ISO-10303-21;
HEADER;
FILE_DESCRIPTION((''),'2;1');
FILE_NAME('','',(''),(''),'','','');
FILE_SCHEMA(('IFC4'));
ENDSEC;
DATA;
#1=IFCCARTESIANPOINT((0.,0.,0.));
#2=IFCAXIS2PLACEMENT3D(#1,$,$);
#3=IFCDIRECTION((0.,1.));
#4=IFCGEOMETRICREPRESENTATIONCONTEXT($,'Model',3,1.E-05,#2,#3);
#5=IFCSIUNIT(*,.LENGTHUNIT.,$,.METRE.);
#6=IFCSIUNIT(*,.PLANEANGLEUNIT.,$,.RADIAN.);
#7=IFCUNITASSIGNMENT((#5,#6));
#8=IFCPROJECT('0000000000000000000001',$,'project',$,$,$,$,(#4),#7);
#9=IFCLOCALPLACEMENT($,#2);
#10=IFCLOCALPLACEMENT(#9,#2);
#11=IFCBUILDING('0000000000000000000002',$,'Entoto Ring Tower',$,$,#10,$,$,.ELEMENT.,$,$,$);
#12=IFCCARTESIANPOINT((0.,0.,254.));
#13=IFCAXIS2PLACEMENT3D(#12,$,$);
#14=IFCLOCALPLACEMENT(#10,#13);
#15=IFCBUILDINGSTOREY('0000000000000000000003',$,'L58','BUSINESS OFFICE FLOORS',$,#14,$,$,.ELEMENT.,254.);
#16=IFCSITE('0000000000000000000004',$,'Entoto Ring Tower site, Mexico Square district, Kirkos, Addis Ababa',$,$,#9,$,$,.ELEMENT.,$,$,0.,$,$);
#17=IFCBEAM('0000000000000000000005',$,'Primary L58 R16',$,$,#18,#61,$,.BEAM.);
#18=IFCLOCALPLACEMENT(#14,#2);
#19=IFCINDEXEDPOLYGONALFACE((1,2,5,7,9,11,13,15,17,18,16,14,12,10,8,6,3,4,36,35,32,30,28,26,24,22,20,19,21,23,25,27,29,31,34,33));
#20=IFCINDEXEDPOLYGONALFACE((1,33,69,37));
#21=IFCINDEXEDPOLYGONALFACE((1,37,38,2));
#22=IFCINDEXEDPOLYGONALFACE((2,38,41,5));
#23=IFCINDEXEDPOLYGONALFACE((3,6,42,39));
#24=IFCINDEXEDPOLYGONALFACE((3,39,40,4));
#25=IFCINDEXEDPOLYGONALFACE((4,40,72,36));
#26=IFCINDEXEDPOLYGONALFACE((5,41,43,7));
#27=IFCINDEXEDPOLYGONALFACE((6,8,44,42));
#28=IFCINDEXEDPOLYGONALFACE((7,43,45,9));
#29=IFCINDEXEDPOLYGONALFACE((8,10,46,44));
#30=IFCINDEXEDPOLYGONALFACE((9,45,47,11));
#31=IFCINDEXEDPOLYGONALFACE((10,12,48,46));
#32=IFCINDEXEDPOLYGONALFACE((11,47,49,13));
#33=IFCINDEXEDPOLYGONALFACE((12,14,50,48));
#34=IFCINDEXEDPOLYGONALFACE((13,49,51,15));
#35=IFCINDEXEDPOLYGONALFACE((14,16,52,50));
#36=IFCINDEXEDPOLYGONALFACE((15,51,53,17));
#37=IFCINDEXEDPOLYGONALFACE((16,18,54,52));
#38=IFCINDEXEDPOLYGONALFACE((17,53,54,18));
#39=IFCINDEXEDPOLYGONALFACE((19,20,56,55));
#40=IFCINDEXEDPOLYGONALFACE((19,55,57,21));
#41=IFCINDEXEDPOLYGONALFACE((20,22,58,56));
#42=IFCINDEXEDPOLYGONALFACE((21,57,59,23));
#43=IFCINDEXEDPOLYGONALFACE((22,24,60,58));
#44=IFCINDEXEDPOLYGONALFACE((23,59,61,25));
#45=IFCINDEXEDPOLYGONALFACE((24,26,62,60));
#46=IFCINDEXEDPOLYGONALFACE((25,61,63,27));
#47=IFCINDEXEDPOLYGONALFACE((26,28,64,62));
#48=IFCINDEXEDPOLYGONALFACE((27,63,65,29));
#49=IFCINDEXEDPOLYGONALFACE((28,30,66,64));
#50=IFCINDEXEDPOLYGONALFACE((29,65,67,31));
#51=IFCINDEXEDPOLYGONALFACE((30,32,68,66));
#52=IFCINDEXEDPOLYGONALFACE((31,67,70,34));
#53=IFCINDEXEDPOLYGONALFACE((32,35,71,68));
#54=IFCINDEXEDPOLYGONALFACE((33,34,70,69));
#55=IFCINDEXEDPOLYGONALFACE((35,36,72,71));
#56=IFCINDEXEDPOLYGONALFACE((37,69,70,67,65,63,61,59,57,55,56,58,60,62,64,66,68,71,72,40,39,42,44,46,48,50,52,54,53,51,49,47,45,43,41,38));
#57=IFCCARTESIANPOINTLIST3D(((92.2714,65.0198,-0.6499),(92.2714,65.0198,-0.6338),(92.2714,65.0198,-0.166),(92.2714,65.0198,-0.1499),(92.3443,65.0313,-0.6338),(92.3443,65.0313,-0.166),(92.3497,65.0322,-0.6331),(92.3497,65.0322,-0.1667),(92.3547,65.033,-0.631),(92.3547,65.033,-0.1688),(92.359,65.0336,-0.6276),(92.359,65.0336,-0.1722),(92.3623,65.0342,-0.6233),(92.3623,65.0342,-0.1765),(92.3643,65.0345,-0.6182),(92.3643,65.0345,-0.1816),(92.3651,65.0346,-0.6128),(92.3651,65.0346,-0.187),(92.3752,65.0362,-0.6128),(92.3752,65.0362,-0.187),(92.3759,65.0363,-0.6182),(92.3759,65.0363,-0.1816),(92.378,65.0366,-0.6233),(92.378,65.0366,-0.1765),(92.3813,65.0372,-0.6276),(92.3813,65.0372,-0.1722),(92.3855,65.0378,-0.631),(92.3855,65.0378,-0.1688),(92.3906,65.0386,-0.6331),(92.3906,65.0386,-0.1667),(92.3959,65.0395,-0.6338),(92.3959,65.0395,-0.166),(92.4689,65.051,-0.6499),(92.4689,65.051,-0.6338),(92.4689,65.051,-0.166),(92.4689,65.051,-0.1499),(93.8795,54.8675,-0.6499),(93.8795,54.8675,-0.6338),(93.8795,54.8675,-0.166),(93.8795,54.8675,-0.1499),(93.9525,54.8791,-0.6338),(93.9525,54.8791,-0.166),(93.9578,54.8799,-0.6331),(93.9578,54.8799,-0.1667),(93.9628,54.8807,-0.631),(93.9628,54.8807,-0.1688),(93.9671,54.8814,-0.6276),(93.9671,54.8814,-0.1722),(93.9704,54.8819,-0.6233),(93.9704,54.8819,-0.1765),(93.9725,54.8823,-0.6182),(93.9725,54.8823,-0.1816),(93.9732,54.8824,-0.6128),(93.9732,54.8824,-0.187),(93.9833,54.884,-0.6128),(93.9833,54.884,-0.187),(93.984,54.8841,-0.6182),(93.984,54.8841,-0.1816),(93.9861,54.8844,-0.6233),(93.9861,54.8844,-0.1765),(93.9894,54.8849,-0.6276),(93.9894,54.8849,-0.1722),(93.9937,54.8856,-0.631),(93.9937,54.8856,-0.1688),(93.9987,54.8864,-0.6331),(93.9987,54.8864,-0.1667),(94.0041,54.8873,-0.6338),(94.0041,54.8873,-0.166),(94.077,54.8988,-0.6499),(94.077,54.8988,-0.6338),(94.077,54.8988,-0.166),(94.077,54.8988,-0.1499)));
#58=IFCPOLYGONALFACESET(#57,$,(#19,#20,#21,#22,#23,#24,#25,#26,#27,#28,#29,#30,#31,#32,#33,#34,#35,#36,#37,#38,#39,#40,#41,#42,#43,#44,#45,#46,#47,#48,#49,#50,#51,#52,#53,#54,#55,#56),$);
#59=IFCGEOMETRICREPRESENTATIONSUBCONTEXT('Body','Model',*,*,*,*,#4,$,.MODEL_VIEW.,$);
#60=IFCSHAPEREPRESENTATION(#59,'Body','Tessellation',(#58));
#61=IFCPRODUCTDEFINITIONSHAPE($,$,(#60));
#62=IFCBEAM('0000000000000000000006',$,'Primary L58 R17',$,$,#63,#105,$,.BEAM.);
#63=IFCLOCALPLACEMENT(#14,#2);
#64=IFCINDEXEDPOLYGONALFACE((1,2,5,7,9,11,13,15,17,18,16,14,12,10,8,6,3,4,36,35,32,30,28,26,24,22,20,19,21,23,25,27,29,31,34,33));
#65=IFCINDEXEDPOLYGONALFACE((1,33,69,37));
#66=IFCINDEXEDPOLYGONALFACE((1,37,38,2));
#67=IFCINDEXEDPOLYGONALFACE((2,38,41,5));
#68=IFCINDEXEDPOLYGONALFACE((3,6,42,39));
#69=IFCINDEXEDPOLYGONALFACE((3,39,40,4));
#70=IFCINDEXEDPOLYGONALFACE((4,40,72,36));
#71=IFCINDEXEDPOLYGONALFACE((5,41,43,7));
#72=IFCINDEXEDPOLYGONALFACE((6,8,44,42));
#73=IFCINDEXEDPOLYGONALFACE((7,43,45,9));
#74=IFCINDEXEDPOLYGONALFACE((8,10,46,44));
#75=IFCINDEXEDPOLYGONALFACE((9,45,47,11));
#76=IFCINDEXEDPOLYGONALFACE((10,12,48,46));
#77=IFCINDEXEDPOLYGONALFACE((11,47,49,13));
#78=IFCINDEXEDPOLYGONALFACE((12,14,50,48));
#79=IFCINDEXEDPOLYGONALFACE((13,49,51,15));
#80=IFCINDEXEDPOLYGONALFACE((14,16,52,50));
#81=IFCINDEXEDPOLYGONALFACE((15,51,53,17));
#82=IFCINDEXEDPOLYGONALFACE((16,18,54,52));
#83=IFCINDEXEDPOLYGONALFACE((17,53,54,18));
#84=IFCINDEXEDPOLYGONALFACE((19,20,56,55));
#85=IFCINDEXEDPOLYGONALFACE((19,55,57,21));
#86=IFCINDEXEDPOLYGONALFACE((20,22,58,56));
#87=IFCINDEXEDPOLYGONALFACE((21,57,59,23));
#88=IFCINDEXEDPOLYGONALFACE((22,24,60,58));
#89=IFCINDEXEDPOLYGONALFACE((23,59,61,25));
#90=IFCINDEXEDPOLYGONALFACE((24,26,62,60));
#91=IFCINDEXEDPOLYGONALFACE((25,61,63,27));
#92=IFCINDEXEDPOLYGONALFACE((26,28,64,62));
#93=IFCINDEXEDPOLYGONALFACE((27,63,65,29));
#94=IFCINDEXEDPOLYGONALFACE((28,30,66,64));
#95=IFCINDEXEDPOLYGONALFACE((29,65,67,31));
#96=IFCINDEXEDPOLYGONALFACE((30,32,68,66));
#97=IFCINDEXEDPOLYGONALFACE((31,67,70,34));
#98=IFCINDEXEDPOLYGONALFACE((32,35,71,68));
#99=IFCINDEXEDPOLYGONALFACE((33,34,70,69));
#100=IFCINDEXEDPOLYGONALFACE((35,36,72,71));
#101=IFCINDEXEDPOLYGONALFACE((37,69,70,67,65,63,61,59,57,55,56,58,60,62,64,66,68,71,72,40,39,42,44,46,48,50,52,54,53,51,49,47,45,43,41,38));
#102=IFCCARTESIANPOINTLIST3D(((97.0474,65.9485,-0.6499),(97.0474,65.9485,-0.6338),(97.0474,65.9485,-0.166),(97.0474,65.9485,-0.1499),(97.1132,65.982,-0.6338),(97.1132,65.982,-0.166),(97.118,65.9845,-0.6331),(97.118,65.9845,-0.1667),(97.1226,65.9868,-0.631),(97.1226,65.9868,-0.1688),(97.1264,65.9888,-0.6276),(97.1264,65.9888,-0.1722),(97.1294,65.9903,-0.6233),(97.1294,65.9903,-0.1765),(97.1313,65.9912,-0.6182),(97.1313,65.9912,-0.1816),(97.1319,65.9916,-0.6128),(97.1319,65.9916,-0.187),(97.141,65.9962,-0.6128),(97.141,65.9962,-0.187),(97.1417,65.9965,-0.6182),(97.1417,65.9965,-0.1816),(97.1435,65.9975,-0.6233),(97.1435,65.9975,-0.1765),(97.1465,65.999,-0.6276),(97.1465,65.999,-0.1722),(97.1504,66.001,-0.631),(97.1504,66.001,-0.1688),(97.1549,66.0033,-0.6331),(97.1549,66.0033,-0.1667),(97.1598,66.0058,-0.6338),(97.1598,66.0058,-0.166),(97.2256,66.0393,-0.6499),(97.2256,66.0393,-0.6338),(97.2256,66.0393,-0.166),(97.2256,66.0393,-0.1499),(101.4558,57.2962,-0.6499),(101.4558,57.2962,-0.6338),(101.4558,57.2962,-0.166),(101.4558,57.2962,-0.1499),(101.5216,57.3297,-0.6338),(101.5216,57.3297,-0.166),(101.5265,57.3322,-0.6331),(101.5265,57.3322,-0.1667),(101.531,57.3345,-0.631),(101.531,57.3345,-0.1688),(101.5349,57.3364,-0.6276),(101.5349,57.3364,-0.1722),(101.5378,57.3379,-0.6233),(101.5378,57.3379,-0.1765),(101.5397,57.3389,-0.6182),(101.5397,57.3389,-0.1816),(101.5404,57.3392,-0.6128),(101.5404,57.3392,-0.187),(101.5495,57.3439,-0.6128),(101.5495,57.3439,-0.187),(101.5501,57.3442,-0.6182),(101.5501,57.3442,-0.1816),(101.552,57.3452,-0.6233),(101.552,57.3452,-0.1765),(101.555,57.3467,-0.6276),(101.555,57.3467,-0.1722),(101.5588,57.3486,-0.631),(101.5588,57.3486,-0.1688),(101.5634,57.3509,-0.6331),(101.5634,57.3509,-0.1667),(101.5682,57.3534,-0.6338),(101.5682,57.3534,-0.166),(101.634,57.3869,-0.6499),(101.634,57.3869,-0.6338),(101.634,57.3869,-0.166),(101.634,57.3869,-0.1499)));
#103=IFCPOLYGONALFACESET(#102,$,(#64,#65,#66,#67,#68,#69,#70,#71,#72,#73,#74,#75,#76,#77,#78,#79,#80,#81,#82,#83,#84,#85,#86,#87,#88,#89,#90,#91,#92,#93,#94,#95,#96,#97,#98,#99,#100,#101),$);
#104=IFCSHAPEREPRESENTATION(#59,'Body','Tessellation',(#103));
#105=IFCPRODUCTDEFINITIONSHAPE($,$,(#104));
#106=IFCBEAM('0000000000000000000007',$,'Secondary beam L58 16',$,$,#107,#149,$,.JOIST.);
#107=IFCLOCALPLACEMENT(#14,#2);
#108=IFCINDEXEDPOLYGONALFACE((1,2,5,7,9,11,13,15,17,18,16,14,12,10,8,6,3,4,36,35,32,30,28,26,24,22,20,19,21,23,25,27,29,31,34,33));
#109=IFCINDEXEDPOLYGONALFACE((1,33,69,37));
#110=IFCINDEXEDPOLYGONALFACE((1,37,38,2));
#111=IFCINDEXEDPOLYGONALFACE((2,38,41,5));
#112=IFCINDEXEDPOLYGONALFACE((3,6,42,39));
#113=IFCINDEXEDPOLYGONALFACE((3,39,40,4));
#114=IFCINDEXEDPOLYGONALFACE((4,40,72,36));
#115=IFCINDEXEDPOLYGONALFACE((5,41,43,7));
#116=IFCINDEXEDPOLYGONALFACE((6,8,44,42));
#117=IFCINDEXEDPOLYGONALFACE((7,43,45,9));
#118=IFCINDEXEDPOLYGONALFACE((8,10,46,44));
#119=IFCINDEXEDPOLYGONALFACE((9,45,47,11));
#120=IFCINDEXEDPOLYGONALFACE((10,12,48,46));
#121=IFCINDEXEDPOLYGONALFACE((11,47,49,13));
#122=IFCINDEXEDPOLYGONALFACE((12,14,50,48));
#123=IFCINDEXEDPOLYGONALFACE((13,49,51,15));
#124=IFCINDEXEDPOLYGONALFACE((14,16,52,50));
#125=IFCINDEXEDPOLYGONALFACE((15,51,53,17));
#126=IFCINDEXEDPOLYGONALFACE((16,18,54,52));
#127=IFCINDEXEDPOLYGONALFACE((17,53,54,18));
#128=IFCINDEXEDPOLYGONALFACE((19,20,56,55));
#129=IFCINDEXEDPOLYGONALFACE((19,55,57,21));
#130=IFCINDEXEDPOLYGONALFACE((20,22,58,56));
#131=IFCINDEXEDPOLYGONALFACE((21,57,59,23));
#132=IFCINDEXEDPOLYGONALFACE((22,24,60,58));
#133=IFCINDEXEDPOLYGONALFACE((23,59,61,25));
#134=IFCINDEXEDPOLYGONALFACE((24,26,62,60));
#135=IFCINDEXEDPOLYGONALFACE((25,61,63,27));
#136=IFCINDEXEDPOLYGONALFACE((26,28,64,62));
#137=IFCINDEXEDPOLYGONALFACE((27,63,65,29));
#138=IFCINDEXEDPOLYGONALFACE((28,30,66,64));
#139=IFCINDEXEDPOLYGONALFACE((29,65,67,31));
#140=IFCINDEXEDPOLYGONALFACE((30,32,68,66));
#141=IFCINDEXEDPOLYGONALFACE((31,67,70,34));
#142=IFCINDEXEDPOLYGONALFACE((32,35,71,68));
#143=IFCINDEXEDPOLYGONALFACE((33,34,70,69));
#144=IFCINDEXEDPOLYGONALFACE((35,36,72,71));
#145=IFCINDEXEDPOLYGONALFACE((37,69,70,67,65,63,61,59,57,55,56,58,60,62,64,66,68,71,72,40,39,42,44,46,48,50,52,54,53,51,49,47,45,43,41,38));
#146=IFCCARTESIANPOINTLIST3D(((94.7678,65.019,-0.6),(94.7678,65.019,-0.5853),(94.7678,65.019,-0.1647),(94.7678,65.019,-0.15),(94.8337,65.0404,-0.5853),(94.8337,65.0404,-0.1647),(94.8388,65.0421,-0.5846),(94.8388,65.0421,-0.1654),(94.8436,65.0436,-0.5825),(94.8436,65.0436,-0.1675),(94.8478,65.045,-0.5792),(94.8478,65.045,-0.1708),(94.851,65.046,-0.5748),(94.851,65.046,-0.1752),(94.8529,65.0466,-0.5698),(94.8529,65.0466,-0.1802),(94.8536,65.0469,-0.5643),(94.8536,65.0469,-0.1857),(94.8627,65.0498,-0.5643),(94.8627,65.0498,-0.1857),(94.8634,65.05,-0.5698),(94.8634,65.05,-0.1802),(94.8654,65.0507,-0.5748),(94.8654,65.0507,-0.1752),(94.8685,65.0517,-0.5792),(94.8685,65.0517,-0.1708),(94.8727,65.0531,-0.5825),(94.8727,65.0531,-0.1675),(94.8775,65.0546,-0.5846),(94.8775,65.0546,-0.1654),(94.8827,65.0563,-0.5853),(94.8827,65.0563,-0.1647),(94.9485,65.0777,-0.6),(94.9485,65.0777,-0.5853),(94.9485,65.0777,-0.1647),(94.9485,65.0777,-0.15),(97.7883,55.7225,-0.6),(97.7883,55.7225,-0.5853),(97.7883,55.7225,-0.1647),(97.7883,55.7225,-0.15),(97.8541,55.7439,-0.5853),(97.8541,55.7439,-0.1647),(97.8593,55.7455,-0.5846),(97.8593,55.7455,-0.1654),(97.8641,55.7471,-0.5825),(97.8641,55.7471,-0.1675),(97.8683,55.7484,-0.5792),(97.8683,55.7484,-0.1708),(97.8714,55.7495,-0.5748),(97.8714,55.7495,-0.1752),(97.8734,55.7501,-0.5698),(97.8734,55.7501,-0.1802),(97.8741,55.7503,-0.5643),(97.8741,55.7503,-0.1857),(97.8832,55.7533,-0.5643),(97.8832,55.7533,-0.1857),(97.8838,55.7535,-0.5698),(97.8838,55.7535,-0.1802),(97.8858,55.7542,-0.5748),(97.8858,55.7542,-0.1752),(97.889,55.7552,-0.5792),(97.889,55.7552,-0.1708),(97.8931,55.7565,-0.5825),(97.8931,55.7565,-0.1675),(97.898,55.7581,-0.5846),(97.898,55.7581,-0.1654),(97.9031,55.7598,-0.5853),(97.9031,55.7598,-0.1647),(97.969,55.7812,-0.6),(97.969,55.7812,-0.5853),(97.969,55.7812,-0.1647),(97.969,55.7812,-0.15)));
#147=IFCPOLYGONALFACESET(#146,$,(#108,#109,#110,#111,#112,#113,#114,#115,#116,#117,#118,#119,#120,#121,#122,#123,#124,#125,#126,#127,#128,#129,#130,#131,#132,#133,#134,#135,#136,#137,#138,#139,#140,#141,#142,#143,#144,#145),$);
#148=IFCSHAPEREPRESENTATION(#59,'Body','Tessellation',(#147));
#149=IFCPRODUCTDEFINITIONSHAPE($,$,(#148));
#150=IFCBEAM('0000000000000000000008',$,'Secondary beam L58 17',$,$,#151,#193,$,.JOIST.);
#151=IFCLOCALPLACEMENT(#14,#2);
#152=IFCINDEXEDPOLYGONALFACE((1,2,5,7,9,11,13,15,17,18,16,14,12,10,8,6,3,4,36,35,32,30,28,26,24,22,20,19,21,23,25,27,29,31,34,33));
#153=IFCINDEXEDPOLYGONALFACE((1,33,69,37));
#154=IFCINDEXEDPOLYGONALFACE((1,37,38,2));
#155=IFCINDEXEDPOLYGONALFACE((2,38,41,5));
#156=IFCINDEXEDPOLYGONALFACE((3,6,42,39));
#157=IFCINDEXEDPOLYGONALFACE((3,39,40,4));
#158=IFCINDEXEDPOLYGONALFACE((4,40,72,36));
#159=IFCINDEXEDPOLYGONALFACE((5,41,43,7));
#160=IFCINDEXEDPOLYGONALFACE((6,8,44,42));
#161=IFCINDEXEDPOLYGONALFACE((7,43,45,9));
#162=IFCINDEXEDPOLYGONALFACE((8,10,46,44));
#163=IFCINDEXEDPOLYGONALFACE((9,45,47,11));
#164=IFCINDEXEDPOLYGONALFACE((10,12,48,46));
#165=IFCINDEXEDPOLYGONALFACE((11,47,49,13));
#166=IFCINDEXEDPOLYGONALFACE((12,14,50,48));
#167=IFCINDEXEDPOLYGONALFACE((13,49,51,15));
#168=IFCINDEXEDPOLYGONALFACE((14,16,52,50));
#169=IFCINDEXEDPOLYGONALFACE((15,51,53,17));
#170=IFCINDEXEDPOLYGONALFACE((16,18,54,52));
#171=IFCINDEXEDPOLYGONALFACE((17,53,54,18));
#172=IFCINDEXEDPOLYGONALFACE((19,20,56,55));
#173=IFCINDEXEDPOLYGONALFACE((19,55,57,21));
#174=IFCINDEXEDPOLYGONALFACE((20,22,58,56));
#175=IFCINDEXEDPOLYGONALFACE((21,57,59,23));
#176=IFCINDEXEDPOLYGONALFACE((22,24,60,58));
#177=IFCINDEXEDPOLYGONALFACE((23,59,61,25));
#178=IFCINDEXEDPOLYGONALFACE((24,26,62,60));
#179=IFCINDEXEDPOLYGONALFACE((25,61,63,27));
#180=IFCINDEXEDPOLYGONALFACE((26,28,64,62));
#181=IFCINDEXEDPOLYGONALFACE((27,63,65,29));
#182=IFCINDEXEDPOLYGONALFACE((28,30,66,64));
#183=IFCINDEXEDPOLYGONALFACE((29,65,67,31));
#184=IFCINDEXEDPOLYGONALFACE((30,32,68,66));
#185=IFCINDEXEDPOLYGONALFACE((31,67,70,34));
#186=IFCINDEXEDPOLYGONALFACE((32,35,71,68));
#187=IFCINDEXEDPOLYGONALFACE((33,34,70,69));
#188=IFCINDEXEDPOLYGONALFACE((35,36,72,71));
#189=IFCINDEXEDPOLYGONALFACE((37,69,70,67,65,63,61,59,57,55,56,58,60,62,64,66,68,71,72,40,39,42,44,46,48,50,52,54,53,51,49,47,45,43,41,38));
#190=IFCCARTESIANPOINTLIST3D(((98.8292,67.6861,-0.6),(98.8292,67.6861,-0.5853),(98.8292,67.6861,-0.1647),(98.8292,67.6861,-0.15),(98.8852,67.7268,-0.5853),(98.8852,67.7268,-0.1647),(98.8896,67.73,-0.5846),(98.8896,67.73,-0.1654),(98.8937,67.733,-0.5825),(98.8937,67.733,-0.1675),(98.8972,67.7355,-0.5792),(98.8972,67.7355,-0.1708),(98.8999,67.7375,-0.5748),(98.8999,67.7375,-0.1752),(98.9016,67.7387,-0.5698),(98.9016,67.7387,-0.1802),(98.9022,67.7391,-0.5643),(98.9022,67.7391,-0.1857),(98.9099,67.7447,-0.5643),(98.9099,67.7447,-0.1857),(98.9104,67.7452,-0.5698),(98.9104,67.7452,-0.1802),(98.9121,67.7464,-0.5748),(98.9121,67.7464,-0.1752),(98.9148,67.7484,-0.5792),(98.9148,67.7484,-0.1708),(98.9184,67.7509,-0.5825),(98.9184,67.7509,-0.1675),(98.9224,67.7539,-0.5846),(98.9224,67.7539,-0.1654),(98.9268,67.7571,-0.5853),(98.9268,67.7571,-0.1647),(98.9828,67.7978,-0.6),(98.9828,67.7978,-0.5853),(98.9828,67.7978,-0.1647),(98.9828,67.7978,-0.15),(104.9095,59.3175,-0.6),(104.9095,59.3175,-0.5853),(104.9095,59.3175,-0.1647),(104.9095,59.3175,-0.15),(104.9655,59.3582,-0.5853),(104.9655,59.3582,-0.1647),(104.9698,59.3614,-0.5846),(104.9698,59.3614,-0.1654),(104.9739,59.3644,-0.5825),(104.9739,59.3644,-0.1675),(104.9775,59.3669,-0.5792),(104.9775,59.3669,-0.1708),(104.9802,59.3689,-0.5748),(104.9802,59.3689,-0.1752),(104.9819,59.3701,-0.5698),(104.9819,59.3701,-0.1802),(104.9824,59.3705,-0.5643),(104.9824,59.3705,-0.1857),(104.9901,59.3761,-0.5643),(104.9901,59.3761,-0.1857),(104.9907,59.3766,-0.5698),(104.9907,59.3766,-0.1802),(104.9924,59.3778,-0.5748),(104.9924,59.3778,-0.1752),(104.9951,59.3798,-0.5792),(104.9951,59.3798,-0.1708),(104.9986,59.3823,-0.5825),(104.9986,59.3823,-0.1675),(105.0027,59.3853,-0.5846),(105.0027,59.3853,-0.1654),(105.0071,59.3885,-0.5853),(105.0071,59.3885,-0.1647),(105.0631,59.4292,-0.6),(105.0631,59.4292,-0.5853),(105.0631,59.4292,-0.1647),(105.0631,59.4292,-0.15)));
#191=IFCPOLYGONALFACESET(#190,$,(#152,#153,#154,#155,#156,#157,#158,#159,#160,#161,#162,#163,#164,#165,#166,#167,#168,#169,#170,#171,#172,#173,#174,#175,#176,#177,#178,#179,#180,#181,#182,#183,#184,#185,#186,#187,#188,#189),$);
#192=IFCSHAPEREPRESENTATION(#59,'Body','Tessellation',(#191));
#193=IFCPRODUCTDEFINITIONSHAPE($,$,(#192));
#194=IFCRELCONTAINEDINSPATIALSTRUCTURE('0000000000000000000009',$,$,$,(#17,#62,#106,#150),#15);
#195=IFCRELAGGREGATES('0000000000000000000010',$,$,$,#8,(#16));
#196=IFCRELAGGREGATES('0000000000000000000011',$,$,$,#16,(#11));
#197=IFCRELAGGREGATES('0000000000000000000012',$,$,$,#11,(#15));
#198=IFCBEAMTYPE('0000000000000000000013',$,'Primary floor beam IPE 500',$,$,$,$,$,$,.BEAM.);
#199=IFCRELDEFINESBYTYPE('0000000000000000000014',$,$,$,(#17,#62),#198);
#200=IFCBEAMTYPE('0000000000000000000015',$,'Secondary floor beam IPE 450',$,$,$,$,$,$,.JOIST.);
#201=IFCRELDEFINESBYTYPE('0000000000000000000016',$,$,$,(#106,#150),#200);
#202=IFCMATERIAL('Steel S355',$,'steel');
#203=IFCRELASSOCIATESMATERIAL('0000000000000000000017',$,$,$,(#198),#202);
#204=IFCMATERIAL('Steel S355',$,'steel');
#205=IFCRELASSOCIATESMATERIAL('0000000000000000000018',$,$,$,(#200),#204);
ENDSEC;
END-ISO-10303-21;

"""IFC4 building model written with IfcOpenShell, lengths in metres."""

from ifc_helpers import new_model, si_unit, direction, frame, origin, origin_2d, place, context, subcontext, project, spatial, i_section, extrude, material, material_profile, profile_set, type_object, element, save


model = new_model("IFC4")

# Units and contexts
model_context = context("Model", 3, precision=1e-05, world=origin(), true_north=direction((0.0, 1.0)))
body_context = subcontext(model_context, "Body", "Model", "MODEL_VIEW")
ifc_project = project(units=[si_unit("LENGTHUNIT", "METRE"), si_unit("PLANEANGLEUNIT", "RADIAN")], contexts=[model_context])

# Site, building, storey
site_placement = place(None, origin())
site = spatial("IfcSite", under=ifc_project, at=site_placement, Name="Entoto Ring Tower site, Mexico Square district, Kirkos, Addis Ababa", CompositionType="ELEMENT", RefElevation=0.0)
building_placement = place(site_placement, origin())
building = spatial("IfcBuilding", under=site, at=building_placement, Name="Entoto Ring Tower", CompositionType="ELEMENT")
storey_placement = place(building_placement, frame((0.0, 0.0, 254.0)))
storey = spatial("IfcBuildingStorey", under=building, at=storey_placement, Name="L58", Description="BUSINESS OFFICE FLOORS", CompositionType="ELEMENT", Elevation=254.0)

# Beams
ifc_material_1 = material(Name="Steel S355", Category="steel")
ifc_material_profile_1 = material_profile(ifc_material_1, i_section(OverallWidth=0.2, OverallDepth=0.5, WebThickness=0.0103, FlangeThickness=0.0161, FilletRadius=0.021, at=origin_2d()), Name="IPE 500")
ifc_profile_set_1 = profile_set([ifc_material_profile_1], Name="Steel S355")
beam_type_1 = type_object("IfcBeamType", Name="Primary floor beam IPE 500", PredefinedType="BEAM", material=ifc_profile_set_1)
beam_1_placement = place(storey_placement, frame((92.3701, 65.0354, -0.3999), z_axis=(0.156452, -0.987686, 0.0), x_axis=(0.987686, 0.156452, 0.0)))
element("IfcBeam", 1, at=beam_1_placement, inside=storey, type_object=beam_type_1, Name="Primary L58 R16", PredefinedType="BEAM", context=body_context, shape_type="SweptSolid", body=[
    extrude(i_section(OverallWidth=0.2, OverallDepth=0.5, WebThickness=0.0103, FlangeThickness=0.0161, FilletRadius=0.021, at=origin_2d()), origin(), (0.0, 0.0, 1.0), 10.2788),
])
beam_2_placement = place(storey_placement, frame((97.1365, 65.9939, -0.3999), z_axis=(0.453979, -0.891012, 0.0), x_axis=(0.891012, 0.453979, 0.0)))
element("IfcBeam", 2, at=beam_2_placement, inside=storey, type_object=beam_type_1, Name="Primary L58 R17", PredefinedType="BEAM", context=body_context, shape_type="SweptSolid", body=[
    extrude(i_section(OverallWidth=0.2, OverallDepth=0.5, WebThickness=0.0103, FlangeThickness=0.0161, FilletRadius=0.021, at=origin_2d()), origin(), (0.0, 0.0, 1.0), 9.7107),
])
ifc_material_2 = material(Name="Steel S355", Category="steel")
ifc_material_profile_2 = material_profile(ifc_material_2, i_section(OverallWidth=0.1899, OverallDepth=0.45, WebThickness=0.0095, FlangeThickness=0.0146, FilletRadius=0.021, at=origin_2d()), Name="IPE 450")
ifc_profile_set_2 = profile_set([ifc_material_profile_2], Name="Steel S355")
beam_type_2 = type_object("IfcBeamType", Name="Secondary floor beam IPE 450", PredefinedType="JOIST", material=ifc_profile_set_2)
beam_3_placement = place(storey_placement, frame((94.8582, 65.0483, -0.375), z_axis=(0.309003, -0.951061, 0.0), x_axis=(0.951061, 0.309003, 0.0)))
element("IfcBeam", 3, at=beam_3_placement, inside=storey, type_object=beam_type_2, Name="Secondary beam L58 16", PredefinedType="JOIST", context=body_context, shape_type="SweptSolid", body=[
    extrude(i_section(OverallWidth=0.1899, OverallDepth=0.45, WebThickness=0.0095, FlangeThickness=0.0146, FilletRadius=0.021, at=origin_2d()), origin(), (0.0, 0.0, 1.0), 9.7749),
])
beam_4_placement = place(storey_placement, frame((98.906, 67.7419, -0.375), z_axis=(0.587794, -0.809011, 0.0), x_axis=(0.809011, 0.587794, 0.0)))
element("IfcBeam", 4, at=beam_4_placement, inside=storey, type_object=beam_type_2, Name="Secondary beam L58 17", PredefinedType="JOIST", context=body_context, shape_type="SweptSolid", body=[
    extrude(i_section(OverallWidth=0.1899, OverallDepth=0.45, WebThickness=0.0095, FlangeThickness=0.0146, FilletRadius=0.021, at=origin_2d()), origin(), (0.0, 0.0, 1.0), 10.3442),
])

save(model, "model.ifc")
